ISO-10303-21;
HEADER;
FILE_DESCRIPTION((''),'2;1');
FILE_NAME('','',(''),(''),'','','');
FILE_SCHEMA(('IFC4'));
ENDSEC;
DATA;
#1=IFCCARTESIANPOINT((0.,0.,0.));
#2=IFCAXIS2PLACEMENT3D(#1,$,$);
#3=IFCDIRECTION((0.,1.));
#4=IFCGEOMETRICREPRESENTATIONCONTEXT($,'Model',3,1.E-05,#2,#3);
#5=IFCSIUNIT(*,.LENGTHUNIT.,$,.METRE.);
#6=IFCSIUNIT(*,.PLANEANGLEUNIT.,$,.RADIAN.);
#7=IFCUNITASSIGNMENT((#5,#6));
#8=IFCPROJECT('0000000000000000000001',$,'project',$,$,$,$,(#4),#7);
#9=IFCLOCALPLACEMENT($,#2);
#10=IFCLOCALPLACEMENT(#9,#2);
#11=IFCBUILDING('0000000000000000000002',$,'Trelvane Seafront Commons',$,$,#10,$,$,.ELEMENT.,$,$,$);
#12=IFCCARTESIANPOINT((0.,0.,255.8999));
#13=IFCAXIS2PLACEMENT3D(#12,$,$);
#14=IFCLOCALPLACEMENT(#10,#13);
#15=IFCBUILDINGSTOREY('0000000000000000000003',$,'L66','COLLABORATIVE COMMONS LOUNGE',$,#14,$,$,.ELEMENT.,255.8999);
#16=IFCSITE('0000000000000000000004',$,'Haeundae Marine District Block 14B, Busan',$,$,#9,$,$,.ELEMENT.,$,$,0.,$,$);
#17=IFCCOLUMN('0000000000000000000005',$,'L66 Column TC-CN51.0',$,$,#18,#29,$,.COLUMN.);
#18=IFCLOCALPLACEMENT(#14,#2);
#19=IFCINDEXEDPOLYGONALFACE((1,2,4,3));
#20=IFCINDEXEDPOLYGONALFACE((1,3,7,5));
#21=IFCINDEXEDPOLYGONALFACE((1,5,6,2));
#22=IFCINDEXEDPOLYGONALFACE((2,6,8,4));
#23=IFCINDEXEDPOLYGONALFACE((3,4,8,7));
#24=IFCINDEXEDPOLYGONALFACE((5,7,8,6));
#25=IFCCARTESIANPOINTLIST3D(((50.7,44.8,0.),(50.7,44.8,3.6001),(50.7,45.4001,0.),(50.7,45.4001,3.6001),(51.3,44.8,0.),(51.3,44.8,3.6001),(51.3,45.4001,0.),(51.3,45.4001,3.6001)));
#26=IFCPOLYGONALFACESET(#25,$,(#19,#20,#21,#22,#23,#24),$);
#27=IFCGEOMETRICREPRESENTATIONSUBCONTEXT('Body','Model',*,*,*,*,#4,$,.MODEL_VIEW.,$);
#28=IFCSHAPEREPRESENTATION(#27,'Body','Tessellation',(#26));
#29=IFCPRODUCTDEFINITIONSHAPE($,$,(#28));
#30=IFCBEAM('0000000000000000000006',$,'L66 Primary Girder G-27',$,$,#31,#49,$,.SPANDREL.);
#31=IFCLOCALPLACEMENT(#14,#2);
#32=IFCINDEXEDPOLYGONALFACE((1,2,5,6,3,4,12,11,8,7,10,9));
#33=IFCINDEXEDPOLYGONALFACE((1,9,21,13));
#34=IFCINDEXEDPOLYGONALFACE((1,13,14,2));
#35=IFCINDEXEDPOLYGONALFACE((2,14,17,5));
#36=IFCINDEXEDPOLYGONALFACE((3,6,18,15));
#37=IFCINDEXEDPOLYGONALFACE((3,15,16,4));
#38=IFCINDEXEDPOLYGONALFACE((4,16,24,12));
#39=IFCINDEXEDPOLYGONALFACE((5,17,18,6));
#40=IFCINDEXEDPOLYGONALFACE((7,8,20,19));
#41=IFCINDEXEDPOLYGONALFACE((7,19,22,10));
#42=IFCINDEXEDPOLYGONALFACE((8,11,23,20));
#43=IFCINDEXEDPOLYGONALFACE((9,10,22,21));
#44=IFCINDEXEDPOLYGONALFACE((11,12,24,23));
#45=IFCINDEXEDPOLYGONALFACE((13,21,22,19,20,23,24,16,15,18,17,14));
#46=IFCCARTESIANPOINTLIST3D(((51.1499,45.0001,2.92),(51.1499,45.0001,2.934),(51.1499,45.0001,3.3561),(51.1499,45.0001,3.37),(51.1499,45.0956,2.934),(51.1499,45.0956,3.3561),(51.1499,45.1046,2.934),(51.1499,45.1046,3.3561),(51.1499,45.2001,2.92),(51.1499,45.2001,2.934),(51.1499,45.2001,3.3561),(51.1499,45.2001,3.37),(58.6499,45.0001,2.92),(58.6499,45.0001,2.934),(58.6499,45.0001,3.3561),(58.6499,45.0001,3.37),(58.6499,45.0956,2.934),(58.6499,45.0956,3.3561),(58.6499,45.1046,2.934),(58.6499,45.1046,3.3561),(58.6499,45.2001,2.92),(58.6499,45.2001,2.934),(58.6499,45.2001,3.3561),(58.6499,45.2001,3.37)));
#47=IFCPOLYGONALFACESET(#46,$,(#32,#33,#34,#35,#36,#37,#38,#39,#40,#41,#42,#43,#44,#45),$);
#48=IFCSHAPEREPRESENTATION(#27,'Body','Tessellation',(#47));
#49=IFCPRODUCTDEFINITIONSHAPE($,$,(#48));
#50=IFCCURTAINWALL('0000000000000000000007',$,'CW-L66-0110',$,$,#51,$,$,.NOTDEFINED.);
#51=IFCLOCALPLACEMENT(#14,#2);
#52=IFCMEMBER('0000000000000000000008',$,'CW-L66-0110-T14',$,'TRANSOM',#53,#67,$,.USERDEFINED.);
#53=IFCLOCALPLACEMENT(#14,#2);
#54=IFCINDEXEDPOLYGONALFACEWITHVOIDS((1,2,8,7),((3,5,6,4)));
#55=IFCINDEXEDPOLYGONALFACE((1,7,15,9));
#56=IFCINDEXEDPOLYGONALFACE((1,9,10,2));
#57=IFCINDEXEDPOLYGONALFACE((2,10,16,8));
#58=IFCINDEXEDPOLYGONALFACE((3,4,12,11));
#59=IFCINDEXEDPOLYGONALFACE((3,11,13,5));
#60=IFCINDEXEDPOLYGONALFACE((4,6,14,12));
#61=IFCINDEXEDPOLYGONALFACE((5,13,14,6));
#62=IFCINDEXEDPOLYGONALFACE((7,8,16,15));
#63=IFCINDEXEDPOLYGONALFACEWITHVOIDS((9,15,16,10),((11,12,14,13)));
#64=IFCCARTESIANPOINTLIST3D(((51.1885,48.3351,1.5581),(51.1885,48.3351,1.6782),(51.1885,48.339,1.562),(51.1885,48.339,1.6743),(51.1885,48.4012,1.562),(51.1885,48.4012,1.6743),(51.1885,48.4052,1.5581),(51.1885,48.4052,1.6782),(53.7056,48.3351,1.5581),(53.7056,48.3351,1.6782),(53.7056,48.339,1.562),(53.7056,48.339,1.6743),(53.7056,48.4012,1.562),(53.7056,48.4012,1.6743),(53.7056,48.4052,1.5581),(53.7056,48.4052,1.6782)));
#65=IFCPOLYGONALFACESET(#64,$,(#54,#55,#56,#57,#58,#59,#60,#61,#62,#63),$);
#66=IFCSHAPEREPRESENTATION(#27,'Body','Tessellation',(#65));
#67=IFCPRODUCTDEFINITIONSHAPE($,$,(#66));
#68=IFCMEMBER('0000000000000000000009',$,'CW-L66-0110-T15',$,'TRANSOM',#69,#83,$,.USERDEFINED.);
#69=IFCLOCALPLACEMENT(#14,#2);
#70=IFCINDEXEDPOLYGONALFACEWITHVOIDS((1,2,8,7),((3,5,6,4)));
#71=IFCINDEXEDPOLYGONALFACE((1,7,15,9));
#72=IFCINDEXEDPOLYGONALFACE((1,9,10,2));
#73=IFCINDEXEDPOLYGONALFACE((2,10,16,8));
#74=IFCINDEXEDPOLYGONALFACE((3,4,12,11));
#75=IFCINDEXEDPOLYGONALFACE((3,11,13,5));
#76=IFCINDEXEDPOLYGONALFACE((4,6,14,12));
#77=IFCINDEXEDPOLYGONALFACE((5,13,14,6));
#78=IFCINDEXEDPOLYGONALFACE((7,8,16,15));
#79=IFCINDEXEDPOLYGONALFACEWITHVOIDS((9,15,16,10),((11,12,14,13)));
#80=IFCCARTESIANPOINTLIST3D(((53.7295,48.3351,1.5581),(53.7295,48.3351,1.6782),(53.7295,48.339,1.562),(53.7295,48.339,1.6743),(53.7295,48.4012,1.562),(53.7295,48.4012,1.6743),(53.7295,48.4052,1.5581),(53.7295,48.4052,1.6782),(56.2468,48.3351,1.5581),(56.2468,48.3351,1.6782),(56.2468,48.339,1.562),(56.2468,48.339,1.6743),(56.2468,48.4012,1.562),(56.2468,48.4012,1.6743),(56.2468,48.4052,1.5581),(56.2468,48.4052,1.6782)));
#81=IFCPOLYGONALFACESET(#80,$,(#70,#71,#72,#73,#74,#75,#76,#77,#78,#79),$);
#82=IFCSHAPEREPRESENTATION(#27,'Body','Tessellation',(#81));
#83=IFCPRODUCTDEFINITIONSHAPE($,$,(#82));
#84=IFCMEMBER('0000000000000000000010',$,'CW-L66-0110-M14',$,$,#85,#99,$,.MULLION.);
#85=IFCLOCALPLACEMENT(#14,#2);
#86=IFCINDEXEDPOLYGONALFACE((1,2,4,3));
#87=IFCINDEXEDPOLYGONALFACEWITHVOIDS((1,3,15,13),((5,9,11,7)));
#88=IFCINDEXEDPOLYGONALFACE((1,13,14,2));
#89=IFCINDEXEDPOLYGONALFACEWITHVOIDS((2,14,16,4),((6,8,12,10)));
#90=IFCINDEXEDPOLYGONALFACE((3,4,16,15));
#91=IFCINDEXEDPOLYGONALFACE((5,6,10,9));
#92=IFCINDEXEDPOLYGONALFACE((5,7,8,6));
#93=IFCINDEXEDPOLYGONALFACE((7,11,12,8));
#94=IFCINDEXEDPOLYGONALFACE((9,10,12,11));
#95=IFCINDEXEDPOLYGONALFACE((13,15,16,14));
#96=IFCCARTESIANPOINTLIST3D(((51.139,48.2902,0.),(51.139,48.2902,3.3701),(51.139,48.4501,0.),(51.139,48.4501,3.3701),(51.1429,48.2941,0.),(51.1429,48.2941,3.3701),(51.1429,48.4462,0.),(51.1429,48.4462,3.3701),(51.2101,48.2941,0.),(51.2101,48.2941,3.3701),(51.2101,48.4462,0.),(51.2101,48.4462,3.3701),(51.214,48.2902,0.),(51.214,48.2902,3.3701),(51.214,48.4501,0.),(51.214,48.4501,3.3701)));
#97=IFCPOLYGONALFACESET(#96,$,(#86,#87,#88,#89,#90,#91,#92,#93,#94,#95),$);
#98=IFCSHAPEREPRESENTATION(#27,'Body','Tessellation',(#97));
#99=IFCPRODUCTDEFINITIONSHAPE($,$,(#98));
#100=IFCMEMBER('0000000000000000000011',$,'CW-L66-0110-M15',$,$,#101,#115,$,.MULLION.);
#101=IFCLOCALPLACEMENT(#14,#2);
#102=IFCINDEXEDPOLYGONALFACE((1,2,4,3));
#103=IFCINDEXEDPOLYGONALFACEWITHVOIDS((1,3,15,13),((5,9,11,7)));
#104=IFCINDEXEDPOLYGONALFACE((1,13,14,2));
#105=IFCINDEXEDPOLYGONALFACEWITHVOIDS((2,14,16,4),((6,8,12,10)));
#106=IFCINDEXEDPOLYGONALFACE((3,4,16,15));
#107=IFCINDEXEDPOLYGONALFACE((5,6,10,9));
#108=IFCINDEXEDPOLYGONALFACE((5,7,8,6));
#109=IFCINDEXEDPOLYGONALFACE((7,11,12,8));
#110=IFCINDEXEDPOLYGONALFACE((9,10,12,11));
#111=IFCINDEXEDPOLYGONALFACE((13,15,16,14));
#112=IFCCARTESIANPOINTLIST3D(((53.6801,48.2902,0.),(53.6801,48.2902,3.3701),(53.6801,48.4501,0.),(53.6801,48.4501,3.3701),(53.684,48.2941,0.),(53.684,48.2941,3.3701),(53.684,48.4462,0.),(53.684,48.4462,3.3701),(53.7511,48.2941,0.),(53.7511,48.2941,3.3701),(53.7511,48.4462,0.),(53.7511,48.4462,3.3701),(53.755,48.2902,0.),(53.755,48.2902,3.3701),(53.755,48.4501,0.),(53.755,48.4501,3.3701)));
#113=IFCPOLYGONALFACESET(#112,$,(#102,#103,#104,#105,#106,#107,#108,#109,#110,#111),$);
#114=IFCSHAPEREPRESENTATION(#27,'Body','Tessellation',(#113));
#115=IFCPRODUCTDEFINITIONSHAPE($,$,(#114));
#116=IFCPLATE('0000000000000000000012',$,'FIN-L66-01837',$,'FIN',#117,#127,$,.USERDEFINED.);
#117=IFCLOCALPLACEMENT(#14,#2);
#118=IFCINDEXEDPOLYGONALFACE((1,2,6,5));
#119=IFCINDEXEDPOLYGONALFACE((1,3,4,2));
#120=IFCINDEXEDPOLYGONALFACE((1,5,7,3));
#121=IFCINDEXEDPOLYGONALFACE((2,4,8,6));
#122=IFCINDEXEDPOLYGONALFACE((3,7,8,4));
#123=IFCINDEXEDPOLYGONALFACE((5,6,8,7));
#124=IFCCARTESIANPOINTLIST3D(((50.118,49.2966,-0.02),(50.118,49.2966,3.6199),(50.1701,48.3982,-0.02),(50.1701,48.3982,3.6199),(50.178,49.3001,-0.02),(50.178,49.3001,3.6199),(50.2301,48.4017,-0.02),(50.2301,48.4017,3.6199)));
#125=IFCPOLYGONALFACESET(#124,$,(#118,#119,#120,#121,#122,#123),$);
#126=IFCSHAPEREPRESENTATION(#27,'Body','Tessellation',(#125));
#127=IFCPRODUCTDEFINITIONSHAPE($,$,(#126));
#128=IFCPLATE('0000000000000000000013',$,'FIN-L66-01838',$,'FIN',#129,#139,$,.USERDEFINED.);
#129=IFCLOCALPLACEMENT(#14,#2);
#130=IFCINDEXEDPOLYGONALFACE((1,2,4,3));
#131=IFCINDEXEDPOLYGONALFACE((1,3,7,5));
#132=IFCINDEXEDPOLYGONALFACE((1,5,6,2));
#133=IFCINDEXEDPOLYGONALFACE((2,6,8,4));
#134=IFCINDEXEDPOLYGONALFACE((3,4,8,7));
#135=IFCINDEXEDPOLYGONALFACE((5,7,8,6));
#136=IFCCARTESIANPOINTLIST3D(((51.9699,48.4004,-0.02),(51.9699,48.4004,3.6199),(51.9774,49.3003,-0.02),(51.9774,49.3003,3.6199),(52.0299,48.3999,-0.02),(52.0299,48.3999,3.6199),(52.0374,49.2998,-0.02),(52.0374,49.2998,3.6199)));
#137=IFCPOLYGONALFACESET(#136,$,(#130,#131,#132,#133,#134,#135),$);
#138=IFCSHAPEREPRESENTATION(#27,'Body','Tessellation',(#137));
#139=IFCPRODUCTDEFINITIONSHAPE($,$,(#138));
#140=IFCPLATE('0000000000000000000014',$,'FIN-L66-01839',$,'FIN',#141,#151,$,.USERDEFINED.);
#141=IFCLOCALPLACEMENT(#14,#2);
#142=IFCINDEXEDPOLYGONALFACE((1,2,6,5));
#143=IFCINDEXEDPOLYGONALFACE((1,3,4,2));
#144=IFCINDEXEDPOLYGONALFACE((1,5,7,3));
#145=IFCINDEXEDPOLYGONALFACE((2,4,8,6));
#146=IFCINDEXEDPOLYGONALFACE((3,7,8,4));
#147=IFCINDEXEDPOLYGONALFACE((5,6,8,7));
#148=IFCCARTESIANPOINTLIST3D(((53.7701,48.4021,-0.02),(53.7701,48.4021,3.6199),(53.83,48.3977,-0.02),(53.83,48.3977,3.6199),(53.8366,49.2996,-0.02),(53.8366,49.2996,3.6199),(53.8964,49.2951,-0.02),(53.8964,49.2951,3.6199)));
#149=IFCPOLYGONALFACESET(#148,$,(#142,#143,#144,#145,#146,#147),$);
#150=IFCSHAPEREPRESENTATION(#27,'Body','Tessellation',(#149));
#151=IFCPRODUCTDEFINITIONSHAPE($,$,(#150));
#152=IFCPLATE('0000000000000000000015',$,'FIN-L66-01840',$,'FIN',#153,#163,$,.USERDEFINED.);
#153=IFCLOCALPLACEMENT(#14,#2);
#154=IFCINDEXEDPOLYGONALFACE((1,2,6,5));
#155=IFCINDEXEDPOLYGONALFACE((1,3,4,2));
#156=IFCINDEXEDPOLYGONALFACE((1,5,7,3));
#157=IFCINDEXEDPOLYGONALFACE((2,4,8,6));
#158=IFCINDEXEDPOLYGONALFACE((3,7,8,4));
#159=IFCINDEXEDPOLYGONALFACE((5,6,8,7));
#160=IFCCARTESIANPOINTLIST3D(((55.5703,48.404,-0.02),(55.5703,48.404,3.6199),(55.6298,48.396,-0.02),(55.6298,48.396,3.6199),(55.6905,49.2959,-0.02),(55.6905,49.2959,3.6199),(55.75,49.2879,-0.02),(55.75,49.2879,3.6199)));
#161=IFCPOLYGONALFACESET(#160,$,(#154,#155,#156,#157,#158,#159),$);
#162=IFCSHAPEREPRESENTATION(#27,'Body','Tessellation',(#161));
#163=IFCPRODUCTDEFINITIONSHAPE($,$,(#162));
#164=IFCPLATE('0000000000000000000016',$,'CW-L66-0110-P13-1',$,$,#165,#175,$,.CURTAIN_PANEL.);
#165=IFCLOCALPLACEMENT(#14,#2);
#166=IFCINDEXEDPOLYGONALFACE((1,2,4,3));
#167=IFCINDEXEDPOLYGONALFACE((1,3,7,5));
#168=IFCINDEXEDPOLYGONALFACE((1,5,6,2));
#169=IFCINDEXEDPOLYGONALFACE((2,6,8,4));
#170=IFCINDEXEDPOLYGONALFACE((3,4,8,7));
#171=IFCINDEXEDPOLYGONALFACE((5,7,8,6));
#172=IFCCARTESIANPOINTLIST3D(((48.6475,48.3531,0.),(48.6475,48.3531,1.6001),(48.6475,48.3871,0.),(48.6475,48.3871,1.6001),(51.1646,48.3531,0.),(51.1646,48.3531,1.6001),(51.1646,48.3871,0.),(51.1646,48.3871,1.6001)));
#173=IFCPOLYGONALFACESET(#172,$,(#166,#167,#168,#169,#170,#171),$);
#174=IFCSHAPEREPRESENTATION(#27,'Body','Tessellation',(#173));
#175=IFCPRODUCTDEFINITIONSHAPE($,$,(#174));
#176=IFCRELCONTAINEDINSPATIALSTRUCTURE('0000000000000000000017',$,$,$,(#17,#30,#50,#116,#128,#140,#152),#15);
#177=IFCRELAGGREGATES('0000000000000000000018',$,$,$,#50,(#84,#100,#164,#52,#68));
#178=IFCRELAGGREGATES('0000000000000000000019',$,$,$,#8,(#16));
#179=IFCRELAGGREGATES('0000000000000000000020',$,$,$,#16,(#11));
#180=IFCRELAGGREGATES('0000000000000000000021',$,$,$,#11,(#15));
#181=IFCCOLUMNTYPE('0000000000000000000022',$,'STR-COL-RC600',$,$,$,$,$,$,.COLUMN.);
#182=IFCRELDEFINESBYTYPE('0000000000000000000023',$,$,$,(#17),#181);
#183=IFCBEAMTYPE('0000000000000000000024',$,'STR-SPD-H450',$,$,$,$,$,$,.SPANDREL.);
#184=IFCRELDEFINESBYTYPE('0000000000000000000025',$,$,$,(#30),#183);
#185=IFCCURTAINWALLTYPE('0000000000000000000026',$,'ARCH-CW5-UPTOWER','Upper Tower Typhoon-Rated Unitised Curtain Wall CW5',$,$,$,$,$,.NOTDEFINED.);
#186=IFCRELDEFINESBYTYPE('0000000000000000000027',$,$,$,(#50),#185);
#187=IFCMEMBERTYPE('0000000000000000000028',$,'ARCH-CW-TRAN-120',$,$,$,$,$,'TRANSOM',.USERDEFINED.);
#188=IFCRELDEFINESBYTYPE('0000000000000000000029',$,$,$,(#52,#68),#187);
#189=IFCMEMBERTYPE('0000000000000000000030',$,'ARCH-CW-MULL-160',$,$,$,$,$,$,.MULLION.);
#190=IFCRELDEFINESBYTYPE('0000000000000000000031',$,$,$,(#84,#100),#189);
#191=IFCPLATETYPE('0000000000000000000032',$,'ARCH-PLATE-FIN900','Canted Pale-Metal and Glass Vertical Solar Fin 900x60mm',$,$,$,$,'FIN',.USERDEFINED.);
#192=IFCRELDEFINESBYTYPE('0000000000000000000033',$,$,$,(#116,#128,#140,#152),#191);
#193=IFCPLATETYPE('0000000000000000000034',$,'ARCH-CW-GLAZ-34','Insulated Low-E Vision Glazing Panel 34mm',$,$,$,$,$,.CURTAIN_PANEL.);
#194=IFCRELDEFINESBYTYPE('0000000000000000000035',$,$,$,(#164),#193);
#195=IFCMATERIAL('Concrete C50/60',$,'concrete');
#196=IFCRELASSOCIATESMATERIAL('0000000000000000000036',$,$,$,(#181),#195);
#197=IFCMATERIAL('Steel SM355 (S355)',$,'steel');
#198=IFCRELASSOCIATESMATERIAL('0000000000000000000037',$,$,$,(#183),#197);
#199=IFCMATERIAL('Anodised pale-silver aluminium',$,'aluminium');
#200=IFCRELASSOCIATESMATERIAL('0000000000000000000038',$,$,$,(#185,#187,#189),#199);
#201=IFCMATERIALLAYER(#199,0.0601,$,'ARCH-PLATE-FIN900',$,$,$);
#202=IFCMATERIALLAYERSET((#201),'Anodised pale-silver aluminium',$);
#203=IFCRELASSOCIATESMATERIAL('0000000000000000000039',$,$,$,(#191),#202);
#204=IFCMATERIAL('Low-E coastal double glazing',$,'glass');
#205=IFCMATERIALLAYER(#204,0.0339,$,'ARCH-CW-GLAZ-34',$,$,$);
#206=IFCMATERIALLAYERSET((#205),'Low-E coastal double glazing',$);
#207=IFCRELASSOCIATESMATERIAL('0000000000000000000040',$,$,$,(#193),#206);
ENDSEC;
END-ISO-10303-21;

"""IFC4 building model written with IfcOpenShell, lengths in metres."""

from ifc_helpers import new_model, si_unit, direction, frame, origin, origin_2d, place, context, subcontext, project, spatial, rectangle, hollow_rectangle, i_section, extrude, source, transform, mapped, material, layer, layer_set, material_profile, profile_set, type_object, element, aggregate, save


model = new_model("IFC4")

# Units and contexts
model_context = context("Model", 3, precision=1e-05, world=origin(), true_north=direction((0.0, 1.0)))
body_context = subcontext(model_context, "Body", "Model", "MODEL_VIEW")
ifc_project = project(units=[si_unit("LENGTHUNIT", "METRE"), si_unit("PLANEANGLEUNIT", "RADIAN")], contexts=[model_context])

# Site, building, storey
site_placement = place(None, origin())
site = spatial("IfcSite", under=ifc_project, at=site_placement, Name="Haeundae Marine District Block 14B, Busan", CompositionType="ELEMENT", RefElevation=0.0)
building_placement = place(site_placement, origin())
building = spatial("IfcBuilding", under=site, at=building_placement, Name="Trelvane Seafront Commons", CompositionType="ELEMENT")
storey_placement = place(building_placement, frame((0.0, 0.0, 255.8999)))
storey = spatial("IfcBuildingStorey", under=building, at=storey_placement, Name="L66", Description="COLLABORATIVE COMMONS LOUNGE", CompositionType="ELEMENT", Elevation=255.8999)

# Column
ifc_material_1 = material(Name="Concrete C50/60", Category="concrete")
ifc_material_profile_1 = material_profile(ifc_material_1, rectangle(XDim=0.6001, YDim=0.6001, at=origin_2d()), Name="RC-600x600")
ifc_profile_set_1 = profile_set([ifc_material_profile_1], Name="Concrete C50/60")
column_type = type_object("IfcColumnType", Name="STR-COL-RC600", PredefinedType="COLUMN", material=ifc_profile_set_1)
shared_shape_1 = source(origin(), body_context, "Body", "SweptSolid", [
    extrude(rectangle(XDim=0.6001, YDim=0.6001, at=origin_2d()), origin(), (0.0, 0.0, 1.0), 3.6001),
])
column_placement = place(storey_placement, frame((51.0, 45.1001, 0.0), z_axis=(0.0, 0.0, 1.0), x_axis=(1.0, 0.0, 0.0)))
element("IfcColumn", 1, at=column_placement, inside=storey, type_object=column_type, Name="L66 Column TC-CN51.0", PredefinedType="COLUMN", context=body_context, shape_type="MappedRepresentation", body=[
    mapped(shared_shape_1, transform((0.0, 0.0, 0.0), x_axis=(1.0, 0.0, 0.0), y_axis=(0.0, 1.0, 0.0), z_axis=(0.0, 0.0, 1.0), scale=1.0)),
])

# Beam
ifc_material_2 = material(Name="Steel SM355 (S355)", Category="steel")
ifc_material_profile_2 = material_profile(ifc_material_2, i_section(OverallWidth=0.2, OverallDepth=0.45, WebThickness=0.009, FlangeThickness=0.0139, at=origin_2d()), Name="H-450x200x9x14")
ifc_profile_set_2 = profile_set([ifc_material_profile_2], Name="Steel SM355 (S355)")
beam_type = type_object("IfcBeamType", Name="STR-SPD-H450", PredefinedType="SPANDREL", material=ifc_profile_set_2)
shared_shape_2 = source(origin(), body_context, "Body", "SweptSolid", [
    extrude(i_section(OverallWidth=0.2, OverallDepth=0.45, WebThickness=0.009, FlangeThickness=0.0139, at=origin_2d()), origin(), (0.0, 0.0, 1.0), 7.5),
])
beam_placement = place(storey_placement, frame((51.1499, 45.1001, 3.145), z_axis=(1.0, 0.0, 0.0), x_axis=(0.0, 1.0, 0.0)))
element("IfcBeam", 2, at=beam_placement, inside=storey, type_object=beam_type, Name="L66 Primary Girder G-27", PredefinedType="SPANDREL", context=body_context, shape_type="MappedRepresentation", body=[
    mapped(shared_shape_2, transform((0.0, 0.0, 0.0), x_axis=(1.0, 0.0, 0.0), y_axis=(0.0, 1.0, 0.0), z_axis=(0.0, 0.0, 1.0), scale=1.0)),
])

# Curtain wall, members
ifc_material_3 = material(Name="Anodised pale-silver aluminium", Category="aluminium")
curtain_wall_type = type_object("IfcCurtainWallType", Name="ARCH-CW5-UPTOWER", Description="Upper Tower Typhoon-Rated Unitised Curtain Wall CW5", PredefinedType="NOTDEFINED", material=ifc_material_3)
curtain_wall_placement = place(storey_placement, origin())
curtain_wall = element("IfcCurtainWall", 3, at=curtain_wall_placement, inside=storey, type_object=curtain_wall_type, Name="CW-L66-0110", PredefinedType="NOTDEFINED")
ifc_material_profile_3 = material_profile(ifc_material_3, hollow_rectangle(XDim=0.0701, YDim=0.1201, WallThickness=0.0039, at=origin_2d()), Name="TRAN-70x120x4")
ifc_profile_set_3 = profile_set([ifc_material_profile_3], Name="Anodised pale-silver aluminium")
member_type_1 = type_object("IfcMemberType", Name="ARCH-CW-TRAN-120", ElementType="TRANSOM", PredefinedType="USERDEFINED", material=ifc_profile_set_3)
shared_shape_3 = source(origin(), body_context, "Body", "SweptSolid", [
    extrude(hollow_rectangle(XDim=0.0701, YDim=0.1201, WallThickness=0.0039, at=origin_2d()), origin(), (0.0, 0.0, 1.0), 2.5171),
])
member_1_placement = place(storey_placement, frame((51.1885, 48.3701, 1.6182), z_axis=(1.0, 0.0, 0.0), x_axis=(0.0, 1.0, 0.0)))
member_1 = element("IfcMember", 4, at=member_1_placement, type_object=member_type_1, Name="CW-L66-0110-T14", ObjectType="TRANSOM", PredefinedType="USERDEFINED", context=body_context, shape_type="MappedRepresentation", body=[
    mapped(shared_shape_3, transform((0.0, 0.0, 0.0), x_axis=(1.0, 0.0, 0.0), y_axis=(0.0, 1.0, 0.0), z_axis=(0.0, 0.0, 1.0), scale=1.0)),
])
shared_shape_4 = source(origin(), body_context, "Body", "SweptSolid", [
    extrude(hollow_rectangle(XDim=0.0701, YDim=0.1201, WallThickness=0.0039, at=origin_2d()), origin(), (0.0, 0.0, 1.0), 2.5173),
])
member_2_placement = place(storey_placement, frame((53.7295, 48.3701, 1.6182), z_axis=(1.0, 0.0, 0.0), x_axis=(0.0, 1.0, 0.0)))
member_2 = element("IfcMember", 5, at=member_2_placement, type_object=member_type_1, Name="CW-L66-0110-T15", ObjectType="TRANSOM", PredefinedType="USERDEFINED", context=body_context, shape_type="MappedRepresentation", body=[
    mapped(shared_shape_4, transform((0.0, 0.0, 0.0), x_axis=(1.0, 0.0, 0.0), y_axis=(0.0, 1.0, 0.0), z_axis=(0.0, 0.0, 1.0), scale=1.0)),
])
ifc_material_profile_4 = material_profile(ifc_material_3, hollow_rectangle(XDim=0.075, YDim=0.1599, WallThickness=0.0039, at=origin_2d()), Name="MULL-75x160x4")
ifc_profile_set_4 = profile_set([ifc_material_profile_4], Name="Anodised pale-silver aluminium")
member_type_2 = type_object("IfcMemberType", Name="ARCH-CW-MULL-160", PredefinedType="MULLION", material=ifc_profile_set_4)
shared_shape_5 = source(origin(), body_context, "Body", "SweptSolid", [
    extrude(hollow_rectangle(XDim=0.075, YDim=0.1599, WallThickness=0.0039, at=origin_2d()), origin(), (0.0, 0.0, 1.0), 3.3701),
])
member_3_placement = place(storey_placement, frame((51.1765, 48.3701, 0.0), z_axis=(0.0, 0.0, 1.0), x_axis=(1.0, 0.0, 0.0)))
member_3 = element("IfcMember", 6, at=member_3_placement, type_object=member_type_2, Name="CW-L66-0110-M14", PredefinedType="MULLION", context=body_context, shape_type="MappedRepresentation", body=[
    mapped(shared_shape_5, transform((0.0, 0.0, 0.0), x_axis=(1.0, 0.0, 0.0), y_axis=(0.0, 1.0, 0.0), z_axis=(0.0, 0.0, 1.0), scale=1.0)),
])
member_4_placement = place(storey_placement, frame((53.7175, 48.3701, 0.0), z_axis=(0.0, 0.0, 1.0), x_axis=(1.0, 0.0, 0.0)))
member_4 = element("IfcMember", 7, at=member_4_placement, type_object=member_type_2, Name="CW-L66-0110-M15", PredefinedType="MULLION", context=body_context, shape_type="MappedRepresentation", body=[
    mapped(shared_shape_5, transform((0.0, 0.0, 0.0), x_axis=(1.0, 0.0, 0.0), y_axis=(0.0, 1.0, 0.0), z_axis=(0.0, 0.0, 1.0), scale=1.0)),
])

# Plates
ifc_layer_1 = layer(ifc_material_3, 0.0601, Name="ARCH-PLATE-FIN900")
ifc_layer_set_1 = layer_set([ifc_layer_1], Name="Anodised pale-silver aluminium")
plate_type_1 = type_object("IfcPlateType", Name="ARCH-PLATE-FIN900", Description="Canted Pale-Metal and Glass Vertical Solar Fin 900x60mm", ElementType="FIN", PredefinedType="USERDEFINED", material=ifc_layer_set_1)
shared_shape_6 = source(origin(), body_context, "Body", "SweptSolid", [
    extrude(rectangle(XDim=0.8999, YDim=0.0601, at=origin_2d()), origin(), (0.0, 0.0, 1.0), 3.6399),
])
for number, where, z_axis, x_axis, name in (
    (8, (50.1741, 48.8491, -0.02), (0.0, 0.0, 1.0), (-0.057888, 0.998323, 0.0), "FIN-L66-01837"),
    (9, (52.0037, 48.8501, -0.02), (0.0, 0.0, 1.0), (0.008334, 0.999965, 0.0), "FIN-L66-01838"),
    (10, (53.8333, 48.8486, -0.02), (0.0, 0.0, 1.0), (0.073893, 0.997266, 0.0), "FIN-L66-01839"),
    (11, (55.6602, 48.8459, -0.02), (0.0, 0.0, 1.0), (0.133561, 0.991041, 0.0), "FIN-L66-01840"),
):
    element("IfcPlate", number, at=place(storey_placement, frame(where, z_axis=z_axis, x_axis=x_axis)), inside=storey, type_object=plate_type_1, Name=name, ObjectType="FIN", PredefinedType="USERDEFINED", context=body_context, shape_type="MappedRepresentation", body=[
        mapped(shared_shape_6, transform((0.0, 0.0, 0.0), x_axis=(1.0, 0.0, 0.0), y_axis=(0.0, 1.0, 0.0), z_axis=(0.0, 0.0, 1.0), scale=1.0)),
    ])

# Plate
ifc_material_4 = material(Name="Low-E coastal double glazing", Category="glass")
ifc_layer_2 = layer(ifc_material_4, 0.0339, Name="ARCH-CW-GLAZ-34")
ifc_layer_set_2 = layer_set([ifc_layer_2], Name="Low-E coastal double glazing")
plate_type_2 = type_object("IfcPlateType", Name="ARCH-CW-GLAZ-34", Description="Insulated Low-E Vision Glazing Panel 34mm", PredefinedType="CURTAIN_PANEL", material=ifc_layer_set_2)
shared_shape_7 = source(origin(), body_context, "Body", "SweptSolid", [
    extrude(rectangle(XDim=2.5171, YDim=0.0339, at=origin_2d()), origin(), (0.0, 0.0, 1.0), 1.6001),
])
plate_1_placement = place(storey_placement, frame((49.906, 48.3701, 0.0), z_axis=(0.0, 0.0, 1.0), x_axis=(1.0, 0.0, 0.0)))
plate_1 = element("IfcPlate", 12, at=plate_1_placement, type_object=plate_type_2, Name="CW-L66-0110-P13-1", PredefinedType="CURTAIN_PANEL", context=body_context, shape_type="MappedRepresentation", body=[
    mapped(shared_shape_7, transform((0.0, 0.0, 0.0), x_axis=(1.0, 0.0, 0.0), y_axis=(0.0, 1.0, 0.0), z_axis=(0.0, 0.0, 1.0), scale=1.0)),
])
aggregate(curtain_wall, [member_3, member_4, plate_1, member_1, member_2])

save(model, "model.ifc")
